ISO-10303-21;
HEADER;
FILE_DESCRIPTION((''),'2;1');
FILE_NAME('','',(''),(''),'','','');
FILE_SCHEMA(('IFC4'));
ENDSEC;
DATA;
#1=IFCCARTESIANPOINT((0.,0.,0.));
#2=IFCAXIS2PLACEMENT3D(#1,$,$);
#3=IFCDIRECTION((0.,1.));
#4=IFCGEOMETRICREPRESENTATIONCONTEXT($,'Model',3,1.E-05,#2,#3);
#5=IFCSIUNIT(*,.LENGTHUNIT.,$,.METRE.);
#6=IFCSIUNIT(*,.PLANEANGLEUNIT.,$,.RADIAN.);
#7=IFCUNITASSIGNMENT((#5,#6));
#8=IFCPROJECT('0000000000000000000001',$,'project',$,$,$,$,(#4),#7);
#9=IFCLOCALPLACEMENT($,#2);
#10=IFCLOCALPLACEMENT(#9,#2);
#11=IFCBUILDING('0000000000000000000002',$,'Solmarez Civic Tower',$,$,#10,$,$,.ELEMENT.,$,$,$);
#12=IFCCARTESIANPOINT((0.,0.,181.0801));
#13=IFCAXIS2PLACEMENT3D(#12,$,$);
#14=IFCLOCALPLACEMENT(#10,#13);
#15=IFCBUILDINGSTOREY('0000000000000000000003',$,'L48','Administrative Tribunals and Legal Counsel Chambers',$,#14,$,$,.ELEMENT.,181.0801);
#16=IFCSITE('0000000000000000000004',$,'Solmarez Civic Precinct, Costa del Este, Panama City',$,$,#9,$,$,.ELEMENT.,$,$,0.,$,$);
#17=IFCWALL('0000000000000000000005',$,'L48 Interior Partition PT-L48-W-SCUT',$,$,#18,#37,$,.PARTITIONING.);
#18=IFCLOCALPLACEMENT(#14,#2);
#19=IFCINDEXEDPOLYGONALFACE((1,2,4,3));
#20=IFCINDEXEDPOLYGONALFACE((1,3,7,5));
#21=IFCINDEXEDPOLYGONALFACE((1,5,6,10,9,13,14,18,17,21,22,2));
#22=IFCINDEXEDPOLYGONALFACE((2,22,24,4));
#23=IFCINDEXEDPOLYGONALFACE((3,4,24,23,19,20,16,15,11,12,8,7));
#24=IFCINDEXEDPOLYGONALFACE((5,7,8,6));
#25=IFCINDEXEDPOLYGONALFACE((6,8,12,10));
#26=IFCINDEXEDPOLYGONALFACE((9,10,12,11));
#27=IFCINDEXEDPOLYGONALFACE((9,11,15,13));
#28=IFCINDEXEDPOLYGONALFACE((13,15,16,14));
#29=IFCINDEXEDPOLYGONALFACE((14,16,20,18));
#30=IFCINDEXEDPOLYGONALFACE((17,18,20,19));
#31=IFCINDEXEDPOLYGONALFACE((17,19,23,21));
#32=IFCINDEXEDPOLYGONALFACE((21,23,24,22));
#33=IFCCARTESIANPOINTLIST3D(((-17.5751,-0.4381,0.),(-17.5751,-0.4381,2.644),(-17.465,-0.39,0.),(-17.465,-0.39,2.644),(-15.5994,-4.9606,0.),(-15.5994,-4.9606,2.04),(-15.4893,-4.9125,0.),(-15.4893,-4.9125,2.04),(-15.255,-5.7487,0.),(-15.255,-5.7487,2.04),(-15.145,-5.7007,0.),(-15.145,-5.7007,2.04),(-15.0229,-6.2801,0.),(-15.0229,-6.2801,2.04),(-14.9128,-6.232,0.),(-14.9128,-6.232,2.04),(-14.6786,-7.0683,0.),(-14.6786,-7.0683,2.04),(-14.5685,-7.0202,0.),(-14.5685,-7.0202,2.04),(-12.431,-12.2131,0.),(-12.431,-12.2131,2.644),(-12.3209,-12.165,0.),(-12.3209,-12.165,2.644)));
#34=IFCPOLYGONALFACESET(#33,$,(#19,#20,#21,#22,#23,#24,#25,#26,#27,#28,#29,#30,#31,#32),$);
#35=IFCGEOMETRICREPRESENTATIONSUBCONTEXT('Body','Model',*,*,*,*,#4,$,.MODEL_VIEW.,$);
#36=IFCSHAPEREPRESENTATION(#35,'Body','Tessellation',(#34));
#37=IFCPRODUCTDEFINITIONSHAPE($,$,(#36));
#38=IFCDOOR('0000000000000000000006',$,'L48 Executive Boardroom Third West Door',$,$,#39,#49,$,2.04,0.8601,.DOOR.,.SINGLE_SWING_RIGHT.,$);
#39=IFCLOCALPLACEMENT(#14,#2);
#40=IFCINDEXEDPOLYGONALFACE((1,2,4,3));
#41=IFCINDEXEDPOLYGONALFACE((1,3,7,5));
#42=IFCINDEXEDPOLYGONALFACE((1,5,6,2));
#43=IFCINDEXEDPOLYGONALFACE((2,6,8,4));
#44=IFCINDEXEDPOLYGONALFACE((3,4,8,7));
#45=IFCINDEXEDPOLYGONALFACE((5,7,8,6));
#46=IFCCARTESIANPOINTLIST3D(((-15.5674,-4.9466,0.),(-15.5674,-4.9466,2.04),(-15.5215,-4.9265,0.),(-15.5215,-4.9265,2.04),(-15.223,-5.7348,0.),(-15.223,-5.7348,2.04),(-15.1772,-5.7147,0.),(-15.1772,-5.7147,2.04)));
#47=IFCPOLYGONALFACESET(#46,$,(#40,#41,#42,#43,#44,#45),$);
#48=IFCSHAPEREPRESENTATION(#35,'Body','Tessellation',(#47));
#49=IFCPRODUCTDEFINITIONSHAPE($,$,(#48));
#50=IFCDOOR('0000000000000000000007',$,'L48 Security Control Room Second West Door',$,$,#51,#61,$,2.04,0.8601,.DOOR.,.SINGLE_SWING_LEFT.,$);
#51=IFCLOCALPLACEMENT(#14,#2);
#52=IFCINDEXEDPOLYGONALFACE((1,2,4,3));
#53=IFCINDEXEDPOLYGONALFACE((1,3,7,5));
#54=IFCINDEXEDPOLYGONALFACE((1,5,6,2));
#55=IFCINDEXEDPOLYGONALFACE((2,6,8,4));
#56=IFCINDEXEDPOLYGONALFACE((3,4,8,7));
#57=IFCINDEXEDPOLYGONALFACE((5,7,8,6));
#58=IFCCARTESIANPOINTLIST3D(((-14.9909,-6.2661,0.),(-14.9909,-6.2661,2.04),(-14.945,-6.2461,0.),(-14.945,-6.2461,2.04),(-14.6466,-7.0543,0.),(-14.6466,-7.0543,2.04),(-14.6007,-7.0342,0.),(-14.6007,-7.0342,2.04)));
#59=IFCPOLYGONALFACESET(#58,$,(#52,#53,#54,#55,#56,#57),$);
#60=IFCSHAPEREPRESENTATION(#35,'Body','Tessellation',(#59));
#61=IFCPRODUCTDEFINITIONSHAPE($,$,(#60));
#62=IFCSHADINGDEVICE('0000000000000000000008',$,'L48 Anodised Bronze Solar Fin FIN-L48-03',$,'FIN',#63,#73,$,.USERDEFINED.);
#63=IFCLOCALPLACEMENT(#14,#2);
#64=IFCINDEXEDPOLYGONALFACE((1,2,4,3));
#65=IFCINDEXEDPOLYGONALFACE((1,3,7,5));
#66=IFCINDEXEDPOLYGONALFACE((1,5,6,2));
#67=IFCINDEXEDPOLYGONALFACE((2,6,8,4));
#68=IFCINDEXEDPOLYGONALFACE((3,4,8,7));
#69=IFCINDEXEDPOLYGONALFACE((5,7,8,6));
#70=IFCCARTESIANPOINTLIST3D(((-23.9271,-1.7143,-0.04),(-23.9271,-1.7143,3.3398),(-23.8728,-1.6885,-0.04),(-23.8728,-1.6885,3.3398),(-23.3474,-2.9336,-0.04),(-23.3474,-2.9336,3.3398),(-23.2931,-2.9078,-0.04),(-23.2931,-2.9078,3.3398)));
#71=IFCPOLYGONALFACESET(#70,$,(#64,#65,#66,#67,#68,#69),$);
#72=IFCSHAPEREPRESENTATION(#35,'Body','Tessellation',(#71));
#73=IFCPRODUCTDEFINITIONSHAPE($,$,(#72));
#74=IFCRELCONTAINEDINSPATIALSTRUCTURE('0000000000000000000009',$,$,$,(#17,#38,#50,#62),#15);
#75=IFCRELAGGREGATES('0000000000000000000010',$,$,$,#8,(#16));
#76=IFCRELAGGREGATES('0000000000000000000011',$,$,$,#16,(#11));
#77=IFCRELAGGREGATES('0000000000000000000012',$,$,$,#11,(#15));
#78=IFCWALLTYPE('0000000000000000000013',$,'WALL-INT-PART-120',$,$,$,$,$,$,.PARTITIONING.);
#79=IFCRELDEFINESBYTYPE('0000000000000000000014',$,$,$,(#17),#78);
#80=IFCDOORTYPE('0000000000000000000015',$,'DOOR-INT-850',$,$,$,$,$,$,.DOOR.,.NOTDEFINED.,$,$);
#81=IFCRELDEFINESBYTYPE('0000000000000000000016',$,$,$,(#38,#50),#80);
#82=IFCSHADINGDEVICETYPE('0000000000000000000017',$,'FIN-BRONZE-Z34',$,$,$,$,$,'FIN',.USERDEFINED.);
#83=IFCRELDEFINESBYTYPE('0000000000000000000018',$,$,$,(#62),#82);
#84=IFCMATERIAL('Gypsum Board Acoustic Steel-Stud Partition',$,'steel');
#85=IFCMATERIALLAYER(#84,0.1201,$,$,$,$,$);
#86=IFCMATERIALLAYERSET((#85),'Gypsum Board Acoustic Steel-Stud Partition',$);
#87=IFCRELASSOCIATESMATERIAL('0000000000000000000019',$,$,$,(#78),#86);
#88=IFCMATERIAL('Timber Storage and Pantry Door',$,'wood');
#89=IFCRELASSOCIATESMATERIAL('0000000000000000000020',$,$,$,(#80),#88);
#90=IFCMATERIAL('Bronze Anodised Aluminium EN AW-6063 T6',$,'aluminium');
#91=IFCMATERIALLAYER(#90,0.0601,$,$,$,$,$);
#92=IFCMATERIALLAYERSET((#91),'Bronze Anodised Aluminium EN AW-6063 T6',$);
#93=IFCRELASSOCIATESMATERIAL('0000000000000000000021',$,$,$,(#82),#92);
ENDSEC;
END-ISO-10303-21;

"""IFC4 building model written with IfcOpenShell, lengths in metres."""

from ifc_helpers import new_model, si_unit, direction, frame, frame_2d, origin, origin_2d, place, context, subcontext, project, spatial, rectangle, extrude, material, layer, layer_set, type_object, element, fill, save


model = new_model("IFC4")

# Units and contexts
model_context = context("Model", 3, precision=1e-05, world=origin(), true_north=direction((0.0, 1.0)))
body_context = subcontext(model_context, "Body", "Model", "MODEL_VIEW")
ifc_project = project(units=[si_unit("LENGTHUNIT", "METRE"), si_unit("PLANEANGLEUNIT", "RADIAN")], contexts=[model_context])

# Site, building, storey
site_placement = place(None, origin())
site = spatial("IfcSite", under=ifc_project, at=site_placement, Name="Solmarez Civic Precinct, Costa del Este, Panama City", CompositionType="ELEMENT", RefElevation=0.0)
building_placement = place(site_placement, origin())
building = spatial("IfcBuilding", under=site, at=building_placement, Name="Solmarez Civic Tower", CompositionType="ELEMENT")
storey_placement = place(building_placement, frame((0.0, 0.0, 181.0801)))
storey = spatial("IfcBuildingStorey", under=building, at=storey_placement, Name="L48", Description="Administrative Tribunals and Legal Counsel Chambers", CompositionType="ELEMENT", Elevation=181.0801)

# Shared definitions
ifc_material_1 = material(Name="Gypsum Board Acoustic Steel-Stud Partition", Category="steel")
ifc_layer_1 = layer(ifc_material_1, 0.1201)
ifc_layer_set_1 = layer_set([ifc_layer_1], Name="Gypsum Board Acoustic Steel-Stud Partition")
wall_type_1 = type_object("IfcWallType", Name="WALL-INT-PART-120", PredefinedType="PARTITIONING", material=ifc_layer_set_1)

# Wall, openings, doors
wall_1_placement = place(storey_placement, frame((-17.52, -0.4141, 0.0), z_axis=(0.0, 0.0, 1.0), x_axis=(0.40033, -0.916371, 0.0)))
wall_1 = element("IfcWall", 1, at=wall_1_placement, inside=storey, type_object=wall_type_1, Name="L48 Interior Partition PT-L48-W-SCUT", PredefinedType="PARTITIONING", context=body_context, shape_type="SweptSolid", body=[
    extrude(rectangle(XDim=12.8496, YDim=0.1201, at=frame_2d((6.4248, 0.0))), origin(), (0.0, 0.0, 1.0), 2.644),
])
opening_1_placement = place(wall_1_placement, frame((4.9351, 0.0, 0.0)))
opening_1 = element("IfcOpeningElement", 2, at=opening_1_placement, cuts=wall_1, PredefinedType="OPENING", context=body_context, shape_type="SweptSolid", body=[
    extrude(rectangle(XDim=0.8601, YDim=2.04, at=frame_2d((0.4302, 1.02))), frame((0.0, 0.0701, 0.0), z_axis=(0.0, -1.0, 0.0), x_axis=(1.0, 0.0, 0.0)), (0.0, 0.0, 1.0), 0.1401),
])
opening_2_placement = place(wall_1_placement, frame((6.375, 0.0, 0.0)))
opening_2 = element("IfcOpeningElement", 3, at=opening_2_placement, cuts=wall_1, PredefinedType="OPENING", context=body_context, shape_type="SweptSolid", body=[
    extrude(rectangle(XDim=0.8601, YDim=2.04, at=frame_2d((0.4302, 1.02))), frame((0.0, 0.0701, 0.0), z_axis=(0.0, -1.0, 0.0), x_axis=(1.0, 0.0, 0.0)), (0.0, 0.0, 1.0), 0.1401),
])
ifc_material_2 = material(Name="Timber Storage and Pantry Door", Category="wood")
door_type_1 = type_object("IfcDoorType", Name="DOOR-INT-850", OperationType="NOTDEFINED", PredefinedType="DOOR", material=ifc_material_2)
door_1_placement = place(opening_1_placement, origin())
door_1 = element("IfcDoor", 4, at=door_1_placement, inside=storey, type_object=door_type_1, Name="L48 Executive Boardroom Third West Door", OperationType="SINGLE_SWING_RIGHT", OverallHeight=2.04, OverallWidth=0.8601, PredefinedType="DOOR", context=body_context, shape_type="SweptSolid", body=[
    extrude(rectangle(XDim=0.8601, YDim=2.04, at=frame_2d((0.4302, 1.02))), frame((0.0, 0.0249, 0.0), z_axis=(0.0, -1.0, 0.0), x_axis=(1.0, 0.0, 0.0)), (0.0, 0.0, 1.0), 0.05),
])
fill(opening_1, door_1)
door_2_placement = place(opening_2_placement, origin())
door_2 = element("IfcDoor", 5, at=door_2_placement, inside=storey, type_object=door_type_1, Name="L48 Security Control Room Second West Door", OperationType="SINGLE_SWING_LEFT", OverallHeight=2.04, OverallWidth=0.8601, PredefinedType="DOOR", context=body_context, shape_type="SweptSolid", body=[
    extrude(rectangle(XDim=0.8601, YDim=2.04, at=frame_2d((0.4302, 1.02))), frame((0.0, 0.0249, 0.0), z_axis=(0.0, -1.0, 0.0), x_axis=(1.0, 0.0, 0.0)), (0.0, 0.0, 1.0), 0.05),
])
fill(opening_2, door_2)

# Shading device
ifc_material_3 = material(Name="Bronze Anodised Aluminium EN AW-6063 T6", Category="aluminium")
ifc_layer_2 = layer(ifc_material_3, 0.0601)
ifc_layer_set_2 = layer_set([ifc_layer_2], Name="Bronze Anodised Aluminium EN AW-6063 T6")
shading_device_type = type_object("IfcShadingDeviceType", Name="FIN-BRONZE-Z34", ElementType="FIN", PredefinedType="USERDEFINED", material=ifc_layer_set_2)
shading_device_placement = place(storey_placement, frame((-23.6101, -2.311, -0.04), z_axis=(0.0, 0.0, 1.0), x_axis=(-0.429392, 0.903118, 0.0)))
element("IfcShadingDevice", 6, at=shading_device_placement, inside=storey, type_object=shading_device_type, Name="L48 Anodised Bronze Solar Fin FIN-L48-03", ObjectType="FIN", PredefinedType="USERDEFINED", context=body_context, shape_type="SweptSolid", body=[
    extrude(rectangle(XDim=1.3501, YDim=0.0601, at=origin_2d()), origin(), (0.0, 0.0, 1.0), 3.3799),
])

save(model, "model.ifc")
